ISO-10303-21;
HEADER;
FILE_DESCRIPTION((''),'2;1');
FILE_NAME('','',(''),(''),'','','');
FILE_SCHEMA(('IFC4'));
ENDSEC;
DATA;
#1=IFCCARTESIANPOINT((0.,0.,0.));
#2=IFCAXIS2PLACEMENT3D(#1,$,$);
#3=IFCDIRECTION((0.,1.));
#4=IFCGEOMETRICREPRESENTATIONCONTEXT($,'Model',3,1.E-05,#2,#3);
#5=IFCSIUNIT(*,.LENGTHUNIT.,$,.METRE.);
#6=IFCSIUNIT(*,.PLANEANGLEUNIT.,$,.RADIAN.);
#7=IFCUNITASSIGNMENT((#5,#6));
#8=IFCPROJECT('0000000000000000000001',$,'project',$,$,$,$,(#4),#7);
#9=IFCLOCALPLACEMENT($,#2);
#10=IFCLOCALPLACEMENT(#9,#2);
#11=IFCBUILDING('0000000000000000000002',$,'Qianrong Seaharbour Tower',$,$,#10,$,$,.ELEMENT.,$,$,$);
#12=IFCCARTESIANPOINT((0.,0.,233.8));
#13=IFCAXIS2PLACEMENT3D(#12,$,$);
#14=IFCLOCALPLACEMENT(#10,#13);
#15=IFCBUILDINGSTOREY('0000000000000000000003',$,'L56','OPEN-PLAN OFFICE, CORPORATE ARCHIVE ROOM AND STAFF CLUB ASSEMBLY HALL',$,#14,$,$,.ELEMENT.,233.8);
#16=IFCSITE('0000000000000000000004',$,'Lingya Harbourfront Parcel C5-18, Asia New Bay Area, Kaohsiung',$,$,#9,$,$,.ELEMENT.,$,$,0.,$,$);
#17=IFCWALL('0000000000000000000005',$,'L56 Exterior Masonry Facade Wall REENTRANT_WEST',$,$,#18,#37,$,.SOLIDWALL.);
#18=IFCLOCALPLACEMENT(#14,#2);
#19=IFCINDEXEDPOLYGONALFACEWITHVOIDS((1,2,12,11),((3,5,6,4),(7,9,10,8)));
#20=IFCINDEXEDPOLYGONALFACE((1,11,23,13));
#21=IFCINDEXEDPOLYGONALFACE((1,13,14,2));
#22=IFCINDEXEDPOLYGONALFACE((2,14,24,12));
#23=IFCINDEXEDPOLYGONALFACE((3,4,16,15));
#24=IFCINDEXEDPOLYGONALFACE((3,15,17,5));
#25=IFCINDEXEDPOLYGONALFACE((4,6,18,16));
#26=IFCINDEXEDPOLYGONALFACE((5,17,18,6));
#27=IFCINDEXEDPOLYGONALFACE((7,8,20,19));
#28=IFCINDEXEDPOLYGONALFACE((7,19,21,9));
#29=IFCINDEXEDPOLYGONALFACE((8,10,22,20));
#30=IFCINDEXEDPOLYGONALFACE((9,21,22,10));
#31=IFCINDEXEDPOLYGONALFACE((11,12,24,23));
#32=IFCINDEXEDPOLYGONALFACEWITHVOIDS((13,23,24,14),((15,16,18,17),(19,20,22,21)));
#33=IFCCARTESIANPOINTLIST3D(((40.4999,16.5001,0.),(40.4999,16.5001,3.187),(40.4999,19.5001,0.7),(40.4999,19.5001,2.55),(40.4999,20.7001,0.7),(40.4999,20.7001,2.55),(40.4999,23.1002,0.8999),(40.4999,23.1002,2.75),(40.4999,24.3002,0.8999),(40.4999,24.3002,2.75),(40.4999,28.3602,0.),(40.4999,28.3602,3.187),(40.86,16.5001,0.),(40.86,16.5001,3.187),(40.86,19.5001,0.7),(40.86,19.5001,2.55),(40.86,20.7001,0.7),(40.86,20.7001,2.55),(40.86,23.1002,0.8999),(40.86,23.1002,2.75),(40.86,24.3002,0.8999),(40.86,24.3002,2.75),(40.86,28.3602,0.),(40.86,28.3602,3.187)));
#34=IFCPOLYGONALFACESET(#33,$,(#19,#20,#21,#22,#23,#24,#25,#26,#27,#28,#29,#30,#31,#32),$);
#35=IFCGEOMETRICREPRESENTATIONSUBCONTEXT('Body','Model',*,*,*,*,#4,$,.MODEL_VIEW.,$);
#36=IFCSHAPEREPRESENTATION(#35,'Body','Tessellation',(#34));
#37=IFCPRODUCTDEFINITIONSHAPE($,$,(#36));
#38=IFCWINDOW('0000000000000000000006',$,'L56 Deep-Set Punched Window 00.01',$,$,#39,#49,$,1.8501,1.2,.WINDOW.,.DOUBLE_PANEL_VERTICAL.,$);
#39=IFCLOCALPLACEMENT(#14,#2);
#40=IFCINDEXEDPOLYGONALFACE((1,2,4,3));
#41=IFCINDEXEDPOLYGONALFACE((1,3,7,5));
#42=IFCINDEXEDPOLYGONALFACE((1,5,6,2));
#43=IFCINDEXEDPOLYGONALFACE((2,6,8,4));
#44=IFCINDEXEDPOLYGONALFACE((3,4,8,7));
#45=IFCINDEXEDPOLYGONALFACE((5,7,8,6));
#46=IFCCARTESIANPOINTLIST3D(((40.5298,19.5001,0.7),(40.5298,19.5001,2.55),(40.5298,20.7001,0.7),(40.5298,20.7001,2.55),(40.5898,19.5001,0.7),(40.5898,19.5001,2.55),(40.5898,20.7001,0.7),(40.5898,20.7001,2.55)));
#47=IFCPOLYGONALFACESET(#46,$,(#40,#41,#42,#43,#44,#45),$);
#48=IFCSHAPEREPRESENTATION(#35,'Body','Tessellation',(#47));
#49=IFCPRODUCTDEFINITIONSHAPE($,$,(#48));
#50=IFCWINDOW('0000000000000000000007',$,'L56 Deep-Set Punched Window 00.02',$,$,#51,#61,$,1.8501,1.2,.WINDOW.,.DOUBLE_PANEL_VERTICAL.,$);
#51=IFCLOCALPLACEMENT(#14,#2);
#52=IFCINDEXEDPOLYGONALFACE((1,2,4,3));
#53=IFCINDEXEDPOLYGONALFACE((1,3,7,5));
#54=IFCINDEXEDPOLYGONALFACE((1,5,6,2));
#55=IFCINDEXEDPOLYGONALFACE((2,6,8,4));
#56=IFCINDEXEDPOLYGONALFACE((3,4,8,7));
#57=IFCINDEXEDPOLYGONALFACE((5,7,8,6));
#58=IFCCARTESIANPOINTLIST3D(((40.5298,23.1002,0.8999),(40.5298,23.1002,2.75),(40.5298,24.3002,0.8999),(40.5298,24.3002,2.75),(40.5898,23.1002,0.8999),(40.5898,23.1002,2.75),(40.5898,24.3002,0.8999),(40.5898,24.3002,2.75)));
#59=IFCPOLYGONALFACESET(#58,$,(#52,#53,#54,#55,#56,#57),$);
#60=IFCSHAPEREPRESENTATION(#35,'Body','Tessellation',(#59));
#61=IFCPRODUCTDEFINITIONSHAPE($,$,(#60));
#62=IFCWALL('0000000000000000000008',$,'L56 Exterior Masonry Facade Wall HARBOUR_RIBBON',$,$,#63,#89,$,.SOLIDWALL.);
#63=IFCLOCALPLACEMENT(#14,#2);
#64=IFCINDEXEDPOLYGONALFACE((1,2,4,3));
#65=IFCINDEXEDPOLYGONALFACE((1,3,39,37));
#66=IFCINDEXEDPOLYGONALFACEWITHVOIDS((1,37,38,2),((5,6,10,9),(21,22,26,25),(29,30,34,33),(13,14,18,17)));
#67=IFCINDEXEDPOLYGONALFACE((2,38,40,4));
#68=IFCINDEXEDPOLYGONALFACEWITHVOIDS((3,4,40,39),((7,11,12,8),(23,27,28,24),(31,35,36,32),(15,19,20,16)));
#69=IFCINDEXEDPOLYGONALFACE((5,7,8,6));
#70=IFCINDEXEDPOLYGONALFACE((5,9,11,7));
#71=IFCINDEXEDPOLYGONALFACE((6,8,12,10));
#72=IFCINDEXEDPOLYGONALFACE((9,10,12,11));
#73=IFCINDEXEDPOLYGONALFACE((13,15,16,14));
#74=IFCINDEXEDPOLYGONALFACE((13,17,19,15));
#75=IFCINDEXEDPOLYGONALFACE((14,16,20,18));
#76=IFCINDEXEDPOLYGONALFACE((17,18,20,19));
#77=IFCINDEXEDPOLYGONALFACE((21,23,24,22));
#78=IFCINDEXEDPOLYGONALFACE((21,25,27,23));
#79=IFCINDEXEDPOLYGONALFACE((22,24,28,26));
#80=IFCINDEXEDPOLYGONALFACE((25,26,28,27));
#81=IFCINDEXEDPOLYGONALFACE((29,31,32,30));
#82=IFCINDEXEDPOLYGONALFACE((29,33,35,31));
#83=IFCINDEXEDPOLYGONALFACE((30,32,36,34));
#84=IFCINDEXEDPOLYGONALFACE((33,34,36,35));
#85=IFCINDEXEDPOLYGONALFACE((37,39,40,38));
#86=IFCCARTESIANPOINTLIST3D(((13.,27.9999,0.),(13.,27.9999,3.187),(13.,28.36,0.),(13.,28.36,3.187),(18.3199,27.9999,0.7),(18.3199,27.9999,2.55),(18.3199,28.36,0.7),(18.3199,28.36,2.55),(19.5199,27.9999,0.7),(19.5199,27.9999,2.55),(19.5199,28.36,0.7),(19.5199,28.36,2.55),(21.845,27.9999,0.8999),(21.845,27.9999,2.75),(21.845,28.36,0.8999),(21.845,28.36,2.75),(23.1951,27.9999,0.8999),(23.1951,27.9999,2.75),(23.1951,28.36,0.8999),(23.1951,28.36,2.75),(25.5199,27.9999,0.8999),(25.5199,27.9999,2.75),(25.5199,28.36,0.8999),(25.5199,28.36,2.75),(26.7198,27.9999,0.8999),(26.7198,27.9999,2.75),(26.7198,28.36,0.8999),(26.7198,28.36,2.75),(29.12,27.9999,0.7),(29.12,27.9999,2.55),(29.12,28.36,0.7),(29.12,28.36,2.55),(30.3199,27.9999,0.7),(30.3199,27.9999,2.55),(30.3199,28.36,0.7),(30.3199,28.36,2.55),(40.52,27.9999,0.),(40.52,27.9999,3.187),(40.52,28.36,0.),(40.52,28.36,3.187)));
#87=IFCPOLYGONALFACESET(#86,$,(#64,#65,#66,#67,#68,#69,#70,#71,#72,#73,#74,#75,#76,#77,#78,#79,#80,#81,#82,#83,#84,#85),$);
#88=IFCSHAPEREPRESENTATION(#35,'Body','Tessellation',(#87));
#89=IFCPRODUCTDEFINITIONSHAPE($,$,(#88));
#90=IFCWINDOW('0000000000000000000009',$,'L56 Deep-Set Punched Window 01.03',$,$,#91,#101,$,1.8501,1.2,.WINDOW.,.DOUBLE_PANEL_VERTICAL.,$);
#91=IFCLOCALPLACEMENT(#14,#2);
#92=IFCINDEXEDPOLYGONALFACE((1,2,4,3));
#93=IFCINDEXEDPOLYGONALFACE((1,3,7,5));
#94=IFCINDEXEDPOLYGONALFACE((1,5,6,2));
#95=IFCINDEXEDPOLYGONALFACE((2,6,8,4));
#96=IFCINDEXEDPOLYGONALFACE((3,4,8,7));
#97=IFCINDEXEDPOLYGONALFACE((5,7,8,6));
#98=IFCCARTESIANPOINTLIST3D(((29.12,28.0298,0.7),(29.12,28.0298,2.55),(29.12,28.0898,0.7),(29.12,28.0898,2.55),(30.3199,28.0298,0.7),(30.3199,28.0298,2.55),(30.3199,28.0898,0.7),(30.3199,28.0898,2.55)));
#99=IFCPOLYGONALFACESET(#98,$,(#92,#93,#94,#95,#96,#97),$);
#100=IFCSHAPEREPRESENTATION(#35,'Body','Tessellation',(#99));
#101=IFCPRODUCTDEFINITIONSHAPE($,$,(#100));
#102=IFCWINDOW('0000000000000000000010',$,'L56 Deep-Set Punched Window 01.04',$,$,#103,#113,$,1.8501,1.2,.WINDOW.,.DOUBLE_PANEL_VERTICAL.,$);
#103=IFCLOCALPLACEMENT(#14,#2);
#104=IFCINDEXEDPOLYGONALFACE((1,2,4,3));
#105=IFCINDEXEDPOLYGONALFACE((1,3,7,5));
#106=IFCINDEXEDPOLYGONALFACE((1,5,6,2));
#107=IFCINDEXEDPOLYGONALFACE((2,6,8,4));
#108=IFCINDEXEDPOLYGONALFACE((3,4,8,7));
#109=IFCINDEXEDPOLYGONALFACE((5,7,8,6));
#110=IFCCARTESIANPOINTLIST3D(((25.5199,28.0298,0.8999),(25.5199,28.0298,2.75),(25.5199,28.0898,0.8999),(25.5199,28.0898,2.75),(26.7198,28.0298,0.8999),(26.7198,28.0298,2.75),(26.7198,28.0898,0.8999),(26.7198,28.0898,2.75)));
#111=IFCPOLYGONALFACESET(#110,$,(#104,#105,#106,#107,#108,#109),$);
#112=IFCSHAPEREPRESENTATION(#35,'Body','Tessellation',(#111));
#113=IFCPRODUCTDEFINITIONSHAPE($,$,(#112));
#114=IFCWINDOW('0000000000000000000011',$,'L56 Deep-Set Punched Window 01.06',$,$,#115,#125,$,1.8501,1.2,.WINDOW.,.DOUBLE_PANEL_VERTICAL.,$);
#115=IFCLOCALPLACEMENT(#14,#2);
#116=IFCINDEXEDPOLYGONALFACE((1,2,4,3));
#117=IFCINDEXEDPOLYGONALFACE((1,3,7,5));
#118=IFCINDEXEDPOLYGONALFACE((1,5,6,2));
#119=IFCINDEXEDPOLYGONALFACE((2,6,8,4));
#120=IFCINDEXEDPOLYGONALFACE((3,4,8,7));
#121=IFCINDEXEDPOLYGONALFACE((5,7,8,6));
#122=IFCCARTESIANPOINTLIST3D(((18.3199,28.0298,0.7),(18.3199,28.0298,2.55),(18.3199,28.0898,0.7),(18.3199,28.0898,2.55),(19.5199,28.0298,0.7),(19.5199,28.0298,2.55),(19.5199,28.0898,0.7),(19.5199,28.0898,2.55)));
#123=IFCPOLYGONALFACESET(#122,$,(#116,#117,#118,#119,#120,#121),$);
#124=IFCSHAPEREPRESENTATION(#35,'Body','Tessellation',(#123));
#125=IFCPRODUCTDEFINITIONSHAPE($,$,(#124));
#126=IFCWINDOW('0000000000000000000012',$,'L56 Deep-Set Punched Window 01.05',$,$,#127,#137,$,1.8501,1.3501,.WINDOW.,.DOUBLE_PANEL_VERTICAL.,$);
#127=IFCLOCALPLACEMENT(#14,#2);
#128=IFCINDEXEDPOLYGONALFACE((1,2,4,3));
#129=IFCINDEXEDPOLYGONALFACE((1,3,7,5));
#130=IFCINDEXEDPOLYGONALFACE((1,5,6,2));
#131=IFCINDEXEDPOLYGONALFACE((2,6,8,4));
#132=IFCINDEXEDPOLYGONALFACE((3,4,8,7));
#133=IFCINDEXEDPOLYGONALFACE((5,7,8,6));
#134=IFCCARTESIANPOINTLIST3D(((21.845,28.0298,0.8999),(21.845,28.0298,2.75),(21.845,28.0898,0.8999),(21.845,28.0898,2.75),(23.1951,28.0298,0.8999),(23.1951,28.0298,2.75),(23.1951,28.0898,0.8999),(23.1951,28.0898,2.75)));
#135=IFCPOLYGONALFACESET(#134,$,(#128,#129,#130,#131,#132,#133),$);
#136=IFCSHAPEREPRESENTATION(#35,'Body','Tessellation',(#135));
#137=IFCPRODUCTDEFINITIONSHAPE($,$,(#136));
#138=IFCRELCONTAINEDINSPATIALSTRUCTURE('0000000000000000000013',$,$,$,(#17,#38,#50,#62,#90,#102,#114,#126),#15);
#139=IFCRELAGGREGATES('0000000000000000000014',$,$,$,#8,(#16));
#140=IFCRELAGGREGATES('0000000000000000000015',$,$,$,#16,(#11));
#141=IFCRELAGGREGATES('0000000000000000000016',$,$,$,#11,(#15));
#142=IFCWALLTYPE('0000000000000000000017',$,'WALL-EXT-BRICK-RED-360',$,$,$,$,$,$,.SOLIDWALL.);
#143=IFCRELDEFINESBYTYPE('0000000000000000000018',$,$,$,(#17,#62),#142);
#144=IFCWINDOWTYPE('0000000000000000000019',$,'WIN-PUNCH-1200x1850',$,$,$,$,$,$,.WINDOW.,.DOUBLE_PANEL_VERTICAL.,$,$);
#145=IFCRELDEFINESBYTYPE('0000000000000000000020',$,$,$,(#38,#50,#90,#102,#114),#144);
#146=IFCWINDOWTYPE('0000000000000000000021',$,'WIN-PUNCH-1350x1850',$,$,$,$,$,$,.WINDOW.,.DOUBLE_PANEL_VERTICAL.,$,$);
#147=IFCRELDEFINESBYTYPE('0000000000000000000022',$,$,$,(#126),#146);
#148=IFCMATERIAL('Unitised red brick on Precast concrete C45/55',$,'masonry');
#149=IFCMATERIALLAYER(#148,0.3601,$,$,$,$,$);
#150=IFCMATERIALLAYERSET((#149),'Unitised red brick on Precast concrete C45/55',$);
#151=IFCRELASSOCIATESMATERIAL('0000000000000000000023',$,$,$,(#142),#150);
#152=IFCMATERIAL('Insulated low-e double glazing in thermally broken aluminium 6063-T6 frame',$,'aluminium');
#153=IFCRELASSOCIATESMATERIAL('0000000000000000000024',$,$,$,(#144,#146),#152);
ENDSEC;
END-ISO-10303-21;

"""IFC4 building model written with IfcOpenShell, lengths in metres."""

from ifc_helpers import new_model, si_unit, direction, frame, frame_2d, origin, place, context, subcontext, project, spatial, rectangle, extrude, material, layer, layer_set, type_object, element, fill, save


model = new_model("IFC4")

# Units and contexts
model_context = context("Model", 3, precision=1e-05, world=origin(), true_north=direction((0.0, 1.0)))
body_context = subcontext(model_context, "Body", "Model", "MODEL_VIEW")
ifc_project = project(units=[si_unit("LENGTHUNIT", "METRE"), si_unit("PLANEANGLEUNIT", "RADIAN")], contexts=[model_context])

# Site, building, storey
site_placement = place(None, origin())
site = spatial("IfcSite", under=ifc_project, at=site_placement, Name="Lingya Harbourfront Parcel C5-18, Asia New Bay Area, Kaohsiung", CompositionType="ELEMENT", RefElevation=0.0)
building_placement = place(site_placement, origin())
building = spatial("IfcBuilding", under=site, at=building_placement, Name="Qianrong Seaharbour Tower", CompositionType="ELEMENT")
storey_placement = place(building_placement, frame((0.0, 0.0, 233.8)))
storey = spatial("IfcBuildingStorey", under=building, at=storey_placement, Name="L56", Description="OPEN-PLAN OFFICE, CORPORATE ARCHIVE ROOM AND STAFF CLUB ASSEMBLY HALL", CompositionType="ELEMENT", Elevation=233.8)

# Walls, openings, windows
ifc_material_1 = material(Name="Unitised red brick on Precast concrete C45/55", Category="masonry")
ifc_layer_1 = layer(ifc_material_1, 0.3601)
ifc_layer_set_1 = layer_set([ifc_layer_1], Name="Unitised red brick on Precast concrete C45/55")
wall_type_1 = type_object("IfcWallType", Name="WALL-EXT-BRICK-RED-360", PredefinedType="SOLIDWALL", material=ifc_layer_set_1)
wall_1_placement = place(storey_placement, frame((40.6799, 16.5, 0.0), z_axis=(0.0, 0.0, 1.0), x_axis=(0.0, 1.0, 0.0)))
wall_1 = element("IfcWall", 1, at=wall_1_placement, inside=storey, type_object=wall_type_1, Name="L56 Exterior Masonry Facade Wall REENTRANT_WEST", PredefinedType="SOLIDWALL", context=body_context, shape_type="SweptSolid", body=[
    extrude(rectangle(XDim=11.8601, YDim=0.3601, at=frame_2d((5.9302, 0.0))), origin(), (0.0, 0.0, 1.0), 3.187),
])
opening_1_placement = place(wall_1_placement, frame((3.0, 0.0, 0.7)))
opening_1 = element("IfcOpeningElement", 2, at=opening_1_placement, cuts=wall_1, PredefinedType="OPENING", context=body_context, shape_type="SweptSolid", body=[
    extrude(rectangle(XDim=1.2, YDim=1.8501, at=frame_2d((0.6001, 0.925))), frame((0.0, 0.1899, 0.0), z_axis=(0.0, -1.0, 0.0), x_axis=(1.0, 0.0, 0.0)), (0.0, 0.0, 1.0), 0.3801),
])
opening_2_placement = place(wall_1_placement, frame((6.6001, 0.0, 0.8999)))
opening_2 = element("IfcOpeningElement", 3, at=opening_2_placement, cuts=wall_1, PredefinedType="OPENING", context=body_context, shape_type="SweptSolid", body=[
    extrude(rectangle(XDim=1.2, YDim=1.8501, at=frame_2d((0.6001, 0.925))), frame((0.0, 0.1899, 0.0), z_axis=(0.0, -1.0, 0.0), x_axis=(1.0, 0.0, 0.0)), (0.0, 0.0, 1.0), 0.3801),
])
ifc_material_2 = material(Name="Insulated low-e double glazing in thermally broken aluminium 6063-T6 frame", Category="aluminium")
window_type_1 = type_object("IfcWindowType", Name="WIN-PUNCH-1200x1850", PartitioningType="DOUBLE_PANEL_VERTICAL", PredefinedType="WINDOW", material=ifc_material_2)
window_1_placement = place(opening_1_placement, origin())
window_1 = element("IfcWindow", 4, at=window_1_placement, inside=storey, type_object=window_type_1, Name="L56 Deep-Set Punched Window 00.01", OverallHeight=1.8501, OverallWidth=1.2, PartitioningType="DOUBLE_PANEL_VERTICAL", PredefinedType="WINDOW", context=body_context, shape_type="SweptSolid", body=[
    extrude(rectangle(XDim=1.2, YDim=1.8501, at=frame_2d((0.6001, 0.925))), frame((0.0, 0.1501, 0.0), z_axis=(0.0, -1.0, 0.0), x_axis=(1.0, 0.0, 0.0)), (0.0, 0.0, 1.0), 0.0601),
])
fill(opening_1, window_1)
window_2_placement = place(opening_2_placement, origin())
window_2 = element("IfcWindow", 5, at=window_2_placement, inside=storey, type_object=window_type_1, Name="L56 Deep-Set Punched Window 00.02", OverallHeight=1.8501, OverallWidth=1.2, PartitioningType="DOUBLE_PANEL_VERTICAL", PredefinedType="WINDOW", context=body_context, shape_type="SweptSolid", body=[
    extrude(rectangle(XDim=1.2, YDim=1.8501, at=frame_2d((0.6001, 0.925))), frame((0.0, 0.1501, 0.0), z_axis=(0.0, -1.0, 0.0), x_axis=(1.0, 0.0, 0.0)), (0.0, 0.0, 1.0), 0.0601),
])
fill(opening_2, window_2)
wall_2_placement = place(storey_placement, frame((40.52, 28.1799, 0.0), z_axis=(0.0, 0.0, 1.0), x_axis=(-1.0, 0.0, 0.0)))
wall_2 = element("IfcWall", 6, at=wall_2_placement, inside=storey, type_object=wall_type_1, Name="L56 Exterior Masonry Facade Wall HARBOUR_RIBBON", PredefinedType="SOLIDWALL", context=body_context, shape_type="SweptSolid", body=[
    extrude(rectangle(XDim=27.52, YDim=0.3601, at=frame_2d((13.76, 0.0))), origin(), (0.0, 0.0, 1.0), 3.187),
])
opening_3_placement = place(wall_2_placement, frame((10.2, 0.0, 0.7)))
opening_3 = element("IfcOpeningElement", 7, at=opening_3_placement, cuts=wall_2, PredefinedType="OPENING", context=body_context, shape_type="SweptSolid", body=[
    extrude(rectangle(XDim=1.2, YDim=1.8501, at=frame_2d((0.6001, 0.925))), frame((0.0, 0.1899, 0.0), z_axis=(0.0, -1.0, 0.0), x_axis=(1.0, 0.0, 0.0)), (0.0, 0.0, 1.0), 0.3801),
])
opening_4_placement = place(wall_2_placement, frame((13.8, 0.0, 0.8999)))
opening_4 = element("IfcOpeningElement", 8, at=opening_4_placement, cuts=wall_2, PredefinedType="OPENING", context=body_context, shape_type="SweptSolid", body=[
    extrude(rectangle(XDim=1.2, YDim=1.8501, at=frame_2d((0.6001, 0.925))), frame((0.0, 0.1899, 0.0), z_axis=(0.0, -1.0, 0.0), x_axis=(1.0, 0.0, 0.0)), (0.0, 0.0, 1.0), 0.3801),
])
opening_5_placement = place(wall_2_placement, frame((17.325, 0.0, 0.8999)))
opening_5 = element("IfcOpeningElement", 9, at=opening_5_placement, cuts=wall_2, PredefinedType="OPENING", context=body_context, shape_type="SweptSolid", body=[
    extrude(rectangle(XDim=1.3501, YDim=1.8501, at=frame_2d((0.675, 0.925))), frame((0.0, 0.1899, 0.0), z_axis=(0.0, -1.0, 0.0), x_axis=(1.0, 0.0, 0.0)), (0.0, 0.0, 1.0), 0.3801),
])
opening_6_placement = place(wall_2_placement, frame((21.0, 0.0, 0.7)))
opening_6 = element("IfcOpeningElement", 10, at=opening_6_placement, cuts=wall_2, PredefinedType="OPENING", context=body_context, shape_type="SweptSolid", body=[
    extrude(rectangle(XDim=1.2, YDim=1.8501, at=frame_2d((0.6001, 0.925))), frame((0.0, 0.1899, 0.0), z_axis=(0.0, -1.0, 0.0), x_axis=(1.0, 0.0, 0.0)), (0.0, 0.0, 1.0), 0.3801),
])
window_3_placement = place(opening_3_placement, origin())
window_3 = element("IfcWindow", 11, at=window_3_placement, inside=storey, type_object=window_type_1, Name="L56 Deep-Set Punched Window 01.03", OverallHeight=1.8501, OverallWidth=1.2, PartitioningType="DOUBLE_PANEL_VERTICAL", PredefinedType="WINDOW", context=body_context, shape_type="SweptSolid", body=[
    extrude(rectangle(XDim=1.2, YDim=1.8501, at=frame_2d((0.6001, 0.925))), frame((0.0, 0.1501, 0.0), z_axis=(0.0, -1.0, 0.0), x_axis=(1.0, 0.0, 0.0)), (0.0, 0.0, 1.0), 0.0601),
])
fill(opening_3, window_3)
window_4_placement = place(opening_4_placement, origin())
window_4 = element("IfcWindow", 12, at=window_4_placement, inside=storey, type_object=window_type_1, Name="L56 Deep-Set Punched Window 01.04", OverallHeight=1.8501, OverallWidth=1.2, PartitioningType="DOUBLE_PANEL_VERTICAL", PredefinedType="WINDOW", context=body_context, shape_type="SweptSolid", body=[
    extrude(rectangle(XDim=1.2, YDim=1.8501, at=frame_2d((0.6001, 0.925))), frame((0.0, 0.1501, 0.0), z_axis=(0.0, -1.0, 0.0), x_axis=(1.0, 0.0, 0.0)), (0.0, 0.0, 1.0), 0.0601),
])
fill(opening_4, window_4)
window_5_placement = place(opening_6_placement, origin())
window_5 = element("IfcWindow", 13, at=window_5_placement, inside=storey, type_object=window_type_1, Name="L56 Deep-Set Punched Window 01.06", OverallHeight=1.8501, OverallWidth=1.2, PartitioningType="DOUBLE_PANEL_VERTICAL", PredefinedType="WINDOW", context=body_context, shape_type="SweptSolid", body=[
    extrude(rectangle(XDim=1.2, YDim=1.8501, at=frame_2d((0.6001, 0.925))), frame((0.0, 0.1501, 0.0), z_axis=(0.0, -1.0, 0.0), x_axis=(1.0, 0.0, 0.0)), (0.0, 0.0, 1.0), 0.0601),
])
fill(opening_6, window_5)
window_type_2 = type_object("IfcWindowType", Name="WIN-PUNCH-1350x1850", PartitioningType="DOUBLE_PANEL_VERTICAL", PredefinedType="WINDOW", material=ifc_material_2)
window_6_placement = place(opening_5_placement, origin())
window_6 = element("IfcWindow", 14, at=window_6_placement, inside=storey, type_object=window_type_2, Name="L56 Deep-Set Punched Window 01.05", OverallHeight=1.8501, OverallWidth=1.3501, PartitioningType="DOUBLE_PANEL_VERTICAL", PredefinedType="WINDOW", context=body_context, shape_type="SweptSolid", body=[
    extrude(rectangle(XDim=1.3501, YDim=1.8501, at=frame_2d((0.675, 0.925))), frame((0.0, 0.1501, 0.0), z_axis=(0.0, -1.0, 0.0), x_axis=(1.0, 0.0, 0.0)), (0.0, 0.0, 1.0), 0.0601),
])
fill(opening_5, window_6)

save(model, "model.ifc")
